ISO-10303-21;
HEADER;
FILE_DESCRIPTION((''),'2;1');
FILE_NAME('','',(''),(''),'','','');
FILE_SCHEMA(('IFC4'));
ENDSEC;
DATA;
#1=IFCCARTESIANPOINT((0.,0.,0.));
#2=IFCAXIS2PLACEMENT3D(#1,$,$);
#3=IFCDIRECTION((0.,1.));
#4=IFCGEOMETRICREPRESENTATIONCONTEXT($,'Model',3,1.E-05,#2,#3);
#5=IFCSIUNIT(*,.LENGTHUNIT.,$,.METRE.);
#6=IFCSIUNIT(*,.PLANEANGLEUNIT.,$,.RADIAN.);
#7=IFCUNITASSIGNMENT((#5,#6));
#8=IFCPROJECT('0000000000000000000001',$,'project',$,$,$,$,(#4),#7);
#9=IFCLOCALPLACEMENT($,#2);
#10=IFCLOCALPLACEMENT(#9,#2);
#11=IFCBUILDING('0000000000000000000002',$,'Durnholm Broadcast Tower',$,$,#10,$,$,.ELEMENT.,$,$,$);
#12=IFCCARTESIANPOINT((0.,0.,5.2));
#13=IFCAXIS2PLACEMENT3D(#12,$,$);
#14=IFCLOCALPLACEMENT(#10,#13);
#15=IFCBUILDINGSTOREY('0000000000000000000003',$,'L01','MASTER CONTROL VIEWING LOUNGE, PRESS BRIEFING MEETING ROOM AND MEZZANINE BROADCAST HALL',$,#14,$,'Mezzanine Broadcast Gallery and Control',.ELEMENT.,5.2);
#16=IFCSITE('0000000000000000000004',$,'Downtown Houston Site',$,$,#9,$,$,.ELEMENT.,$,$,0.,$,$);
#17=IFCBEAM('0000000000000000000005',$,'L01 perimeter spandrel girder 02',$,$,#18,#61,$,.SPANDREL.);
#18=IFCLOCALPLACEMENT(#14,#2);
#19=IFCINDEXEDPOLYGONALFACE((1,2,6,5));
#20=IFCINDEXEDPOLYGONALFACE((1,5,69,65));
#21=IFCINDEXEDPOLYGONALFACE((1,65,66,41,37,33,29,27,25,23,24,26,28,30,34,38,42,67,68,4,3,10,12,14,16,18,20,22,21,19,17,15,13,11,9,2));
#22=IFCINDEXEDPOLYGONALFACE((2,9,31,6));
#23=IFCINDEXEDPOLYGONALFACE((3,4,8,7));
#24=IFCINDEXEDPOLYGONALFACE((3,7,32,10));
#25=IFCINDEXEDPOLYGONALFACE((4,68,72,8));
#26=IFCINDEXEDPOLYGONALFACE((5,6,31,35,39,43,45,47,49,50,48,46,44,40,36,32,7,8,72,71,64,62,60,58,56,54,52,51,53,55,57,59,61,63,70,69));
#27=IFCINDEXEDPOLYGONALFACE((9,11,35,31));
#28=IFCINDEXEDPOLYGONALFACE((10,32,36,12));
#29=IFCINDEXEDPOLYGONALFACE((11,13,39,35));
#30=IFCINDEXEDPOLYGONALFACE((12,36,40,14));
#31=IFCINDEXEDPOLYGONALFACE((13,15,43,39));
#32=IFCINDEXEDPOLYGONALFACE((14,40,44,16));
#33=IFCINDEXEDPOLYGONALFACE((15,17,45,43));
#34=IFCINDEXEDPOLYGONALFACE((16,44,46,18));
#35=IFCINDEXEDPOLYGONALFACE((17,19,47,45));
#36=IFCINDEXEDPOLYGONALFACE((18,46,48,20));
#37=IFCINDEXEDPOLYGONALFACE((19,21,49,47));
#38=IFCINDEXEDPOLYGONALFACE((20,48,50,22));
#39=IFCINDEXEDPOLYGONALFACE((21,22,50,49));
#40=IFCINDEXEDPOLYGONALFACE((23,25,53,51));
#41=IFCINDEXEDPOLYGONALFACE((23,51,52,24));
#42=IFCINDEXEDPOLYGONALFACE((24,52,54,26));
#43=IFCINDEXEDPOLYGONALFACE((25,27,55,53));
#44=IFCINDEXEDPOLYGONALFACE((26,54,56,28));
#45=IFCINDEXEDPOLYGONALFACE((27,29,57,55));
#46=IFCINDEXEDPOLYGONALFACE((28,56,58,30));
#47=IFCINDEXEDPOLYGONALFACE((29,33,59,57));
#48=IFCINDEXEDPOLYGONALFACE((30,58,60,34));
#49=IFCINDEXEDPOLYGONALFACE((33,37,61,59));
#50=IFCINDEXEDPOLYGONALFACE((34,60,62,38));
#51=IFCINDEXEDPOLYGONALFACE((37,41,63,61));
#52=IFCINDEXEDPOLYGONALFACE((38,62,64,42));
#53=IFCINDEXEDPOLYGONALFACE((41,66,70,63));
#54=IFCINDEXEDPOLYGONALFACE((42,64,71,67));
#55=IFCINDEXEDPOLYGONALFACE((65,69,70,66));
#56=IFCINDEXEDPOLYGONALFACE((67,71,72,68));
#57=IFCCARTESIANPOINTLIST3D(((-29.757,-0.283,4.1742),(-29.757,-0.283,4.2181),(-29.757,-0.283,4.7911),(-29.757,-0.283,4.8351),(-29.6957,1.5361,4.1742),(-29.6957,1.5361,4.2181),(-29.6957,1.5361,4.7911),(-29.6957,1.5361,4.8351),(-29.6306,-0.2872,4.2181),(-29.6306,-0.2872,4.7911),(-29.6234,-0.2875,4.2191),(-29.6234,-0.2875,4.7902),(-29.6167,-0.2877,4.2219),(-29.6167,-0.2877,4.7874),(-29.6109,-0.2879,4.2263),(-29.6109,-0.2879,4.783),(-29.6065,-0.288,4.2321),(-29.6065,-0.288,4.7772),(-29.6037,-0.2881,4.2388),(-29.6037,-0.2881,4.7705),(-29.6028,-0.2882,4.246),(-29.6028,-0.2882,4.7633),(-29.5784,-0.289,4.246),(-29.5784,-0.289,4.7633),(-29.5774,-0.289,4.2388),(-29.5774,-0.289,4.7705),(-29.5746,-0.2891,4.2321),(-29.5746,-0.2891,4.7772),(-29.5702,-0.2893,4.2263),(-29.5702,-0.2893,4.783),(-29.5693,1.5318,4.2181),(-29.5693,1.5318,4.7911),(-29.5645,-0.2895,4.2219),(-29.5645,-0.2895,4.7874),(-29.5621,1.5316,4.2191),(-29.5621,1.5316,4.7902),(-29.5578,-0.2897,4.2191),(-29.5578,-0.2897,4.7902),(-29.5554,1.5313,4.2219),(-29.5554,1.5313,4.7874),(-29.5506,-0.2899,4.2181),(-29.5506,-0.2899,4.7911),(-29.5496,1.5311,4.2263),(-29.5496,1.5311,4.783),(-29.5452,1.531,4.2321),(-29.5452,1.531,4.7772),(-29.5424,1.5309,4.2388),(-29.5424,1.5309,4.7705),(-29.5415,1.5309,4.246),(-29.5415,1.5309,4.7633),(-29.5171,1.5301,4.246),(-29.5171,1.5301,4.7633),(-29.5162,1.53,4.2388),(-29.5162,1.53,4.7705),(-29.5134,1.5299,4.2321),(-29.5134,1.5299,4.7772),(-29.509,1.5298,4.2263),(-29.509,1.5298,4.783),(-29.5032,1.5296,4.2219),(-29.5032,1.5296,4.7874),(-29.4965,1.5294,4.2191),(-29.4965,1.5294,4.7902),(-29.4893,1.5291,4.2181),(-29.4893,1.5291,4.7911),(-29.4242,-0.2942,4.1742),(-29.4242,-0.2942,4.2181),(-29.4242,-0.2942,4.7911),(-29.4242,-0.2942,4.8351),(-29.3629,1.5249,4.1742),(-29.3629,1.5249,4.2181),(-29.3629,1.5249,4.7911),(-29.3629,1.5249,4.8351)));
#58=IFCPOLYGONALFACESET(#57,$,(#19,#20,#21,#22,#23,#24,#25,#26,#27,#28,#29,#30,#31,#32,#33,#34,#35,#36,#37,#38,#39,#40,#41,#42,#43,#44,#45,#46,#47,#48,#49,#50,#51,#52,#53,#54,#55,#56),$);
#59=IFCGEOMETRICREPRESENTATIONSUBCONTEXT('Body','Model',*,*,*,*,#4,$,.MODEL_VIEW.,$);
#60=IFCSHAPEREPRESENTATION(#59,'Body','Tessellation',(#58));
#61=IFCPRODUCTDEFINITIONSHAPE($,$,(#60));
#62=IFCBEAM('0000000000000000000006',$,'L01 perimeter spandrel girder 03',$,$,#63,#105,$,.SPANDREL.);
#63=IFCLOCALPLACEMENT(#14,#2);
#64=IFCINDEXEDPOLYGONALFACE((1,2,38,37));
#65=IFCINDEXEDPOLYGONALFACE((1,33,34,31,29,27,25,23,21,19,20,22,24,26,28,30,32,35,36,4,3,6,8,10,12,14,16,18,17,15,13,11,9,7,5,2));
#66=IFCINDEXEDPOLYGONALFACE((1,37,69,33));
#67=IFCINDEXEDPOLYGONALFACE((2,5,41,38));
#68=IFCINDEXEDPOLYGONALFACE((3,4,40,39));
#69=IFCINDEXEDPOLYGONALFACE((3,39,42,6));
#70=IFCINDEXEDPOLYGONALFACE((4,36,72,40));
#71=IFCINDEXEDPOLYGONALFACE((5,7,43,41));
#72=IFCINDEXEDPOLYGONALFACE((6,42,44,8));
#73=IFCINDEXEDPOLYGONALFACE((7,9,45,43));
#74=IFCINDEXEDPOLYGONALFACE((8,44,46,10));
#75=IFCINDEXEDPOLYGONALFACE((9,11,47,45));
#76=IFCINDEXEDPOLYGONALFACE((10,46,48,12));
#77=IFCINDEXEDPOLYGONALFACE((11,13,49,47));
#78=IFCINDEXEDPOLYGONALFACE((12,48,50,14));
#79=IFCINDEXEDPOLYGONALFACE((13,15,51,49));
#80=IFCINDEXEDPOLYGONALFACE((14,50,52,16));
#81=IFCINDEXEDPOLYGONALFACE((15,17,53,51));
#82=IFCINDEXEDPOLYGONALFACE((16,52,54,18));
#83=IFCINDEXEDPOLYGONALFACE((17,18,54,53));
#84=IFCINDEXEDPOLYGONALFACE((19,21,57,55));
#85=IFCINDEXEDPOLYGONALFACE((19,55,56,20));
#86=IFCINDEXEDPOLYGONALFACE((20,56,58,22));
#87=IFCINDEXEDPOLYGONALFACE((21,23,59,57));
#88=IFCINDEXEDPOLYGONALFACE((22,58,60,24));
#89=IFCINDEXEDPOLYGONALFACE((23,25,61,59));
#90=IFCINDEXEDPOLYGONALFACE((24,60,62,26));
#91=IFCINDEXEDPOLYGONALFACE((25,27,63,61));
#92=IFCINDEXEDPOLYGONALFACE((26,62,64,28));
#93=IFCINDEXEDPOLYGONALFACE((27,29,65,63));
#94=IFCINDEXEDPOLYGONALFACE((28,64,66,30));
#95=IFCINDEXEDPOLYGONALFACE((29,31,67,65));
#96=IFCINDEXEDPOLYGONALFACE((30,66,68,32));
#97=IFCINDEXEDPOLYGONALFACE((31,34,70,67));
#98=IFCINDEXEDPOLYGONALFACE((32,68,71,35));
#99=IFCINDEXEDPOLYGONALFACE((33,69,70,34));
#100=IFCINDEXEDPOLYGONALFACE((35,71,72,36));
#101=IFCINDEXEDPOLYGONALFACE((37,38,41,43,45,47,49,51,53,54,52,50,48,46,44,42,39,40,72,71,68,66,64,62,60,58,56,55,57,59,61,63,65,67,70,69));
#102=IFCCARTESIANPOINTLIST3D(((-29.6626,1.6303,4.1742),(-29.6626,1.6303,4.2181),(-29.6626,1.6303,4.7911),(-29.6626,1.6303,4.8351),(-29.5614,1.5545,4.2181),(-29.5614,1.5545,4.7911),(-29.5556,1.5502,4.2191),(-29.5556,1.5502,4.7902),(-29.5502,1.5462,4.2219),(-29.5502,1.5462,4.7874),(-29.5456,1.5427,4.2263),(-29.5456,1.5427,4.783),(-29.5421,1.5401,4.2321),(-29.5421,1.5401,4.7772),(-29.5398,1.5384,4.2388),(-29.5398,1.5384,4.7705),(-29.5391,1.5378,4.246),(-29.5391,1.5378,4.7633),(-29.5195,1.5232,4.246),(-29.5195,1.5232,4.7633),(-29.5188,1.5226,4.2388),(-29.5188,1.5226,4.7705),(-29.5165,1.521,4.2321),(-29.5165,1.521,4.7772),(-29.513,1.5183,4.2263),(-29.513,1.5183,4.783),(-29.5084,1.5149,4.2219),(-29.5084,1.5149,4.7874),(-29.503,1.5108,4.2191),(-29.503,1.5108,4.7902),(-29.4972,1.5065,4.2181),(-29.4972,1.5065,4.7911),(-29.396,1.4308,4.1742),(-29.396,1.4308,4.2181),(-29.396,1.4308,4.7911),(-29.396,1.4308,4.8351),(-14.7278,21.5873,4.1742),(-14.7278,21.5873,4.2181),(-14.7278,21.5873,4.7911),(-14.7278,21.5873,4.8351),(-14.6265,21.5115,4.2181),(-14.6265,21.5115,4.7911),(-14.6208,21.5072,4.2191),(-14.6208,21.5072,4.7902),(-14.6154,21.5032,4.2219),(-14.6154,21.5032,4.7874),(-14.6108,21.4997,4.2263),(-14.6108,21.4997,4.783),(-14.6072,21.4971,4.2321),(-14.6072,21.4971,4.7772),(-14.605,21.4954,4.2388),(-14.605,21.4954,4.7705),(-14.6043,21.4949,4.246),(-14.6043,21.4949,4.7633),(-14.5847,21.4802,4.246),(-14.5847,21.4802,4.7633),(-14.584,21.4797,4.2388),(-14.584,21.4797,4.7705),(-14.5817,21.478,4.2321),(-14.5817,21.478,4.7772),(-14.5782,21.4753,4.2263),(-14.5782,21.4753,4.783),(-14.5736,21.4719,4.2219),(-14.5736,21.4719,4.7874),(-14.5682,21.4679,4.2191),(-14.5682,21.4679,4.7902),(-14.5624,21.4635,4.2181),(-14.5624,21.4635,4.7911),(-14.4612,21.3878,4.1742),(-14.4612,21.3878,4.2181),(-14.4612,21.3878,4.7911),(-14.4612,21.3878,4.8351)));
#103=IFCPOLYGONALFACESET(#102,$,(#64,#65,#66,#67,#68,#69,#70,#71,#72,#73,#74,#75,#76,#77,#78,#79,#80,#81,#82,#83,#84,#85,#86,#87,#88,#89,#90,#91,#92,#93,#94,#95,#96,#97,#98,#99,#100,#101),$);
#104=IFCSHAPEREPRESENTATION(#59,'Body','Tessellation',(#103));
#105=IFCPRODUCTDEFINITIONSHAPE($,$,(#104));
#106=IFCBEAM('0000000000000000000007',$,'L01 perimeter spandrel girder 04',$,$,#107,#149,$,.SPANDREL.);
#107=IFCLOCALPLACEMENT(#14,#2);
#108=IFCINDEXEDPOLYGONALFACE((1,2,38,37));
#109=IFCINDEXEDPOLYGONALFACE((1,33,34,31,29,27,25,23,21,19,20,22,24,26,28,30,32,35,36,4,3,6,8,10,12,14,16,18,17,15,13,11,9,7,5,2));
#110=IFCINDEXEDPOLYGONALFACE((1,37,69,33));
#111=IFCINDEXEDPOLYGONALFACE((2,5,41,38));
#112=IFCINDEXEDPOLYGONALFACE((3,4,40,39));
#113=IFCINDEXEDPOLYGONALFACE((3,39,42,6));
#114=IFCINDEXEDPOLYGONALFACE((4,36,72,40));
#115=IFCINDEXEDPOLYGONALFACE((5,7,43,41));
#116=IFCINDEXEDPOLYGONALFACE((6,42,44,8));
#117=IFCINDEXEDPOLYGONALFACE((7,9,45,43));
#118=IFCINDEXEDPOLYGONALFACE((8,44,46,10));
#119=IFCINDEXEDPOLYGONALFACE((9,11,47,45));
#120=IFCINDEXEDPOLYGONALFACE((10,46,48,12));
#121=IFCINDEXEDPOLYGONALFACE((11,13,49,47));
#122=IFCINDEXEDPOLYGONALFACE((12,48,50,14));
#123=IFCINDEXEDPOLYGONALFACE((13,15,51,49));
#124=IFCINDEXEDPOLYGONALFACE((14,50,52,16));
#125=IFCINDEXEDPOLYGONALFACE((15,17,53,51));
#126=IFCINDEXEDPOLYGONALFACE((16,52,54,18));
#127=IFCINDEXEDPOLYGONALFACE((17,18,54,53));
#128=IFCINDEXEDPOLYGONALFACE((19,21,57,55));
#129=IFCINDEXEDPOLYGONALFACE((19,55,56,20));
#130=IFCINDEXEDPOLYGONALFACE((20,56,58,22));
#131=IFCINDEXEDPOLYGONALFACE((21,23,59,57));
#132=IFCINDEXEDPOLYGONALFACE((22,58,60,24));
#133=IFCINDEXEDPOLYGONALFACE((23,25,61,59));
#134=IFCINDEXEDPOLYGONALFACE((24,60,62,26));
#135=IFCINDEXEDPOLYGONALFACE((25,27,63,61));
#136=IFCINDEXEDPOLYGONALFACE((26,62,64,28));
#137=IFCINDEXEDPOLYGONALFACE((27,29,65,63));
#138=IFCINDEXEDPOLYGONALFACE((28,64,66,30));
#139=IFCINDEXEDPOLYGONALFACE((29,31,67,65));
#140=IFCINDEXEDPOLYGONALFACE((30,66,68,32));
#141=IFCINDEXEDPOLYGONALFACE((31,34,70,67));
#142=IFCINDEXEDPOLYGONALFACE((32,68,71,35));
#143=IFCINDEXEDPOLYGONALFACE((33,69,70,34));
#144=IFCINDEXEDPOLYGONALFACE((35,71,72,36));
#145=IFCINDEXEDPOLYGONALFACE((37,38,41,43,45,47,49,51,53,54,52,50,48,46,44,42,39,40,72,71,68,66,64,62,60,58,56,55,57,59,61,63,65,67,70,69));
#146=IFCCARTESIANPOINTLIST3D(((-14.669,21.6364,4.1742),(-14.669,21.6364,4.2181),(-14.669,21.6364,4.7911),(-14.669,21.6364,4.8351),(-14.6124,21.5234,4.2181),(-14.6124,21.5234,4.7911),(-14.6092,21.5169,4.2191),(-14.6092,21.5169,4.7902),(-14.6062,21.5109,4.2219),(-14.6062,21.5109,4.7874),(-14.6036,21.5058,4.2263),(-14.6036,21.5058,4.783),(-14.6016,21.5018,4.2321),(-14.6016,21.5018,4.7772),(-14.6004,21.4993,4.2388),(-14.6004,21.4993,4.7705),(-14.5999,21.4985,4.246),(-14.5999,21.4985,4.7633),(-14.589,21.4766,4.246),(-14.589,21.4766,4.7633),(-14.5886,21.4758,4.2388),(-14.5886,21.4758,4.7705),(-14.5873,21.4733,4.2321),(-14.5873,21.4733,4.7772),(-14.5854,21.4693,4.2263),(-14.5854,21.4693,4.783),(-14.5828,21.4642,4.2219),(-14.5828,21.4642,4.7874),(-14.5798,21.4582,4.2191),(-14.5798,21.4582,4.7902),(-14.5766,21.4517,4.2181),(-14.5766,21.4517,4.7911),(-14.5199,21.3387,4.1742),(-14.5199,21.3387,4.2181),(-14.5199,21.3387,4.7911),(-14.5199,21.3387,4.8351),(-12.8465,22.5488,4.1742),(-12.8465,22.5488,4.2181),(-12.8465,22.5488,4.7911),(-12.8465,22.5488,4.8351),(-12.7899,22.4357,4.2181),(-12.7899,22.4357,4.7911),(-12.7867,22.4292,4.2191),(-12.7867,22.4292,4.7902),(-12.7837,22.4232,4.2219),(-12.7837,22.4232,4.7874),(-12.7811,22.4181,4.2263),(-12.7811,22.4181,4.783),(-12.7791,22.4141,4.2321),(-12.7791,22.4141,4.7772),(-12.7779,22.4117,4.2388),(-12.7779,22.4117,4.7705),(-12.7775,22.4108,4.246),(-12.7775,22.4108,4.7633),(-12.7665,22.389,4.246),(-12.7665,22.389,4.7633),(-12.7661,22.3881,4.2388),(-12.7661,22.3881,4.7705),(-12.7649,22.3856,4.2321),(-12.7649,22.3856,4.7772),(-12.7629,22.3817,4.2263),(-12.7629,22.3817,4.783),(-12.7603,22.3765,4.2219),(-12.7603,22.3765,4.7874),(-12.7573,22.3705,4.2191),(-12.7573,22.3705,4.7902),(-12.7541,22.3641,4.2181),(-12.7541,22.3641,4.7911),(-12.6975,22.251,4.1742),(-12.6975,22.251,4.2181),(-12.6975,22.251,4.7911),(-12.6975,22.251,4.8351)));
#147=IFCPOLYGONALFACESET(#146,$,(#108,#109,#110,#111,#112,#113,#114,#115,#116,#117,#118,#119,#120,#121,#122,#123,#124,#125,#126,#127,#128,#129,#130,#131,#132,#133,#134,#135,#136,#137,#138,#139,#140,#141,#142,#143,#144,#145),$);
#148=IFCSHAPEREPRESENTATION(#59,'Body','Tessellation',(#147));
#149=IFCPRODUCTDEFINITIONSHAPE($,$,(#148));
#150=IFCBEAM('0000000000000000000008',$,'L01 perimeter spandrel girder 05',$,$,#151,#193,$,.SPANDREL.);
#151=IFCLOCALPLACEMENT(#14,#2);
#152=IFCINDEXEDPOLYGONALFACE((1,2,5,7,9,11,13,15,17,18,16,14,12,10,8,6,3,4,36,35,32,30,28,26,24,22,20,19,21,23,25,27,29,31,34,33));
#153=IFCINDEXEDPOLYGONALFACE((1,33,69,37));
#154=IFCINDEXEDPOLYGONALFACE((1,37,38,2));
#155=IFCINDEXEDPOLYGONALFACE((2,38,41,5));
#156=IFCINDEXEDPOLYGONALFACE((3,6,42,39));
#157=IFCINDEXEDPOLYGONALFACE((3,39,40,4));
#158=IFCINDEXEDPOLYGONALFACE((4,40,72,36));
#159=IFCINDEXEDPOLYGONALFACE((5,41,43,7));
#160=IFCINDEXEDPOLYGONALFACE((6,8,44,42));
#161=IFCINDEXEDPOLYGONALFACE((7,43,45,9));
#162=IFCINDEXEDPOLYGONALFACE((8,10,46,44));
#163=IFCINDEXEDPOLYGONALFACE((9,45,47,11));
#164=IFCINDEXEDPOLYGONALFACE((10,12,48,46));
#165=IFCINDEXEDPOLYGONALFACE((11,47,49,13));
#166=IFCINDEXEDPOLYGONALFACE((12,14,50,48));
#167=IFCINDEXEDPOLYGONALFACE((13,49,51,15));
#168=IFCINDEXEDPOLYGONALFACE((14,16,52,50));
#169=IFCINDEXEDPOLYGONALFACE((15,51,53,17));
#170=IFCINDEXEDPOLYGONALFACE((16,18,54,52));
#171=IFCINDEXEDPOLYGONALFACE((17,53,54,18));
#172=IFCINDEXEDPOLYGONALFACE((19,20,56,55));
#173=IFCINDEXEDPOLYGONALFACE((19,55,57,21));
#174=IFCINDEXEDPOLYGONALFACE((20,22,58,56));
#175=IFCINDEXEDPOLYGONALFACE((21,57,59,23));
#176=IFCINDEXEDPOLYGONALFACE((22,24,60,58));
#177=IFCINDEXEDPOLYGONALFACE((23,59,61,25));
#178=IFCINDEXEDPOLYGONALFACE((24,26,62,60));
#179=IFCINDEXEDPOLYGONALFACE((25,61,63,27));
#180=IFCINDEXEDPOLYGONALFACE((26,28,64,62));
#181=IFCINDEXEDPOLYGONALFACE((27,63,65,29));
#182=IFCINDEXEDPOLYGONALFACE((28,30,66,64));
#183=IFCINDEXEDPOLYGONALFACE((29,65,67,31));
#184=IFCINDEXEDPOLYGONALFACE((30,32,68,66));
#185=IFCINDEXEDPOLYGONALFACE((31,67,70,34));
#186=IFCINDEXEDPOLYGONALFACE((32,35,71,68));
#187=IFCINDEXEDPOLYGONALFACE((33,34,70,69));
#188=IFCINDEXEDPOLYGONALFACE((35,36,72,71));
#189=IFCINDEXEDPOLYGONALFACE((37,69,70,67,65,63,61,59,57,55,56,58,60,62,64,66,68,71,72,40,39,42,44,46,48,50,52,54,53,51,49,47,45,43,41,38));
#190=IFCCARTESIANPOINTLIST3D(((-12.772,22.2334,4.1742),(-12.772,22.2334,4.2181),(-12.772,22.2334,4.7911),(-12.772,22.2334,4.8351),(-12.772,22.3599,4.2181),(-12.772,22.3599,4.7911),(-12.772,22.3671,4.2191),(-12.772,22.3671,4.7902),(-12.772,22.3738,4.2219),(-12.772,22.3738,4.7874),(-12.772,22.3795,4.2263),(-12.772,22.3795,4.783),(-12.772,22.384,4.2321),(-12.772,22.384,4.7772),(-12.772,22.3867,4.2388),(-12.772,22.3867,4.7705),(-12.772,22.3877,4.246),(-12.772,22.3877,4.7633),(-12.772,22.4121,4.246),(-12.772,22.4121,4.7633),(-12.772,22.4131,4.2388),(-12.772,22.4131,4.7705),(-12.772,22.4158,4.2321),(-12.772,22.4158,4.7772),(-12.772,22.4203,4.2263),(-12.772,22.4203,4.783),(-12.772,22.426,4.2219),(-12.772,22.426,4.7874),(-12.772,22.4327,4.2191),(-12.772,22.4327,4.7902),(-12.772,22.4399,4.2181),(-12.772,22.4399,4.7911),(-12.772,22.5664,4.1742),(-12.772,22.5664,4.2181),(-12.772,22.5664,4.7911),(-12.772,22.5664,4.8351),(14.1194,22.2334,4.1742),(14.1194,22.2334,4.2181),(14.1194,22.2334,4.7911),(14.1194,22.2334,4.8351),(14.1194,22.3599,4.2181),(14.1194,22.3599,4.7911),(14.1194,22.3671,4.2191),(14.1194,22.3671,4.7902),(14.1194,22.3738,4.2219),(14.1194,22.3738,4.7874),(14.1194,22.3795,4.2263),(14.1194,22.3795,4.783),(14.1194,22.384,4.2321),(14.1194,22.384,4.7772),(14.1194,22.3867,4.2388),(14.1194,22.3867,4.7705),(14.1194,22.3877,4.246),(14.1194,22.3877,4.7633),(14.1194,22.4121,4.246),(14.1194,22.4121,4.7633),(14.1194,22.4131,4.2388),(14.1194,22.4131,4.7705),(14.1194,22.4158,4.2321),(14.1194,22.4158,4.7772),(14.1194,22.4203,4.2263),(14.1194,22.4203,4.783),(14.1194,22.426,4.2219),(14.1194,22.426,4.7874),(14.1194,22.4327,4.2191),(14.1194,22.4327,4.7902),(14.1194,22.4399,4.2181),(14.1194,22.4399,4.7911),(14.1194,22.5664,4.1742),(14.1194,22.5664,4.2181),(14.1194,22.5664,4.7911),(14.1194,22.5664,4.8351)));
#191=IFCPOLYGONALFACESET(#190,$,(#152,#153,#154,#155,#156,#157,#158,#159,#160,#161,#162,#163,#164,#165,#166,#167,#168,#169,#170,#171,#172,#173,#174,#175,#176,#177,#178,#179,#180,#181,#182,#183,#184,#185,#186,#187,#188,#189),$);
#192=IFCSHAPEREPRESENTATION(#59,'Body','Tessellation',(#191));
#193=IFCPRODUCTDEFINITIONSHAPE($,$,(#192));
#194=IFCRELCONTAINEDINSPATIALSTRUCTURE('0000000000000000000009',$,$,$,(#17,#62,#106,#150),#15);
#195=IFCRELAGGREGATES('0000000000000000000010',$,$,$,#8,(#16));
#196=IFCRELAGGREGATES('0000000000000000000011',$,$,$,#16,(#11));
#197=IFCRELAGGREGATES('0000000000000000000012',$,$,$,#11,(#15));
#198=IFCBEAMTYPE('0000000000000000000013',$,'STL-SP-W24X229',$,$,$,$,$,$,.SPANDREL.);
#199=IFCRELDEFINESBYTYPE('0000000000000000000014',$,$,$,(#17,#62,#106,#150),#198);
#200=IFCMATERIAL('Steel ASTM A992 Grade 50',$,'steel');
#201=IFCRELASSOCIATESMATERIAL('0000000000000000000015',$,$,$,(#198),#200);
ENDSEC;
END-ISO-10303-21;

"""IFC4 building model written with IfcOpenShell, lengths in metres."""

from ifc_helpers import new_model, si_unit, direction, frame, origin, origin_2d, place, context, subcontext, project, spatial, i_section, extrude, source, transform, mapped, material, material_profile, profile_set, type_object, type_shapes, element, save


model = new_model("IFC4")

# Units and contexts
model_context = context("Model", 3, precision=1e-05, world=origin(), true_north=direction((0.0, 1.0)))
body_context = subcontext(model_context, "Body", "Model", "MODEL_VIEW")
ifc_project = project(units=[si_unit("LENGTHUNIT", "METRE"), si_unit("PLANEANGLEUNIT", "RADIAN")], contexts=[model_context])

# Site, building, storey
site_placement = place(None, origin())
site = spatial("IfcSite", under=ifc_project, at=site_placement, Name="Downtown Houston Site", CompositionType="ELEMENT", RefElevation=0.0)
building_placement = place(site_placement, origin())
building = spatial("IfcBuilding", under=site, at=building_placement, Name="Durnholm Broadcast Tower", CompositionType="ELEMENT")
storey_placement = place(building_placement, frame((0.0, 0.0, 5.2)))
storey = spatial("IfcBuildingStorey", under=building, at=storey_placement, Name="L01", Description="MASTER CONTROL VIEWING LOUNGE, PRESS BRIEFING MEETING ROOM AND MEZZANINE BROADCAST HALL", LongName="Mezzanine Broadcast Gallery and Control", CompositionType="ELEMENT", Elevation=5.2)

# Shared definitions
ifc_material_1 = material(Name="Steel ASTM A992 Grade 50", Category="steel")

# Beams
ifc_material_profile_1 = material_profile(ifc_material_1, i_section(OverallWidth=0.333, OverallDepth=0.6609, WebThickness=0.0244, FlangeThickness=0.0439, FilletRadius=0.0278, at=origin_2d()), Name="W24X229")
ifc_profile_set_1 = profile_set([ifc_material_profile_1], Name="Steel ASTM A992 Grade 50")
beam_type = type_object("IfcBeamType", Name="STL-SP-W24X229", PredefinedType="SPANDREL", material=ifc_profile_set_1)
shared_shape_1 = source(origin(), body_context, "Body", "SweptSolid", [
    extrude(i_section(OverallWidth=0.333, OverallDepth=0.6609, WebThickness=0.0244, FlangeThickness=0.0439, FilletRadius=0.0278, at=origin_2d()), origin(), (0.0, 0.0, 1.0), 1.8201),
])
beam_1_placement = place(storey_placement, frame((-29.5906, -0.2886, 4.5046), z_axis=(0.033668, 0.999433, 0.0), x_axis=(-0.999433, 0.033668, 0.0)))
element("IfcBeam", 1, at=beam_1_placement, inside=storey, type_object=beam_type, Name="L01 perimeter spandrel girder 02", PredefinedType="SPANDREL", context=body_context, shape_type="MappedRepresentation", body=[
    mapped(shared_shape_1, transform((0.0, 0.0, 0.0), x_axis=(1.0, 0.0, 0.0), y_axis=(0.0, 1.0, 0.0), z_axis=(0.0, 0.0, 1.0), scale=1.0)),
])
shared_shape_2 = source(origin(), body_context, "Body", "SweptSolid", [
    extrude(i_section(OverallWidth=0.333, OverallDepth=0.6609, WebThickness=0.0244, FlangeThickness=0.0439, FilletRadius=0.0278, at=origin_2d()), origin(), (0.0, 0.0, 1.0), 24.9265),
])
beam_2_placement = place(storey_placement, frame((-29.5293, 1.5305, 4.5046), z_axis=(0.599153, 0.800634, 0.0), x_axis=(-0.800634, 0.599153, 0.0)))
element("IfcBeam", 2, at=beam_2_placement, inside=storey, type_object=beam_type, Name="L01 perimeter spandrel girder 03", PredefinedType="SPANDREL", context=body_context, shape_type="MappedRepresentation", body=[
    mapped(shared_shape_2, transform((0.0, 0.0, 0.0), x_axis=(1.0, 0.0, 0.0), y_axis=(0.0, 1.0, 0.0), z_axis=(0.0, 0.0, 1.0), scale=1.0)),
])
shared_shape_3 = source(origin(), body_context, "Body", "SweptSolid", [
    extrude(i_section(OverallWidth=0.333, OverallDepth=0.6609, WebThickness=0.0244, FlangeThickness=0.0439, FilletRadius=0.0278, at=origin_2d()), origin(), (0.0, 0.0, 1.0), 2.0381),
])
beam_3_placement = place(storey_placement, frame((-14.5945, 21.4875, 4.5046), z_axis=(0.894211, 0.447645, 0.0), x_axis=(-0.447645, 0.894211, 0.0)))
element("IfcBeam", 3, at=beam_3_placement, inside=storey, type_object=beam_type, Name="L01 perimeter spandrel girder 04", PredefinedType="SPANDREL", context=body_context, shape_type="MappedRepresentation", body=[
    mapped(shared_shape_3, transform((0.0, 0.0, 0.0), x_axis=(1.0, 0.0, 0.0), y_axis=(0.0, 1.0, 0.0), z_axis=(0.0, 0.0, 1.0), scale=1.0)),
])
shared_shape_4 = source(origin(), body_context, "Body", "SweptSolid", [
    extrude(i_section(OverallWidth=0.333, OverallDepth=0.6609, WebThickness=0.0244, FlangeThickness=0.0439, FilletRadius=0.0278, at=origin_2d()), origin(), (0.0, 0.0, 1.0), 26.8914),
])
type_shapes(beam_type, [shared_shape_1, shared_shape_2, shared_shape_3, shared_shape_4])
beam_4_placement = place(storey_placement, frame((-12.772, 22.3999, 4.5046), z_axis=(1.0, 0.0, 0.0), x_axis=(0.0, 1.0, 0.0)))
element("IfcBeam", 4, at=beam_4_placement, inside=storey, type_object=beam_type, Name="L01 perimeter spandrel girder 05", PredefinedType="SPANDREL", context=body_context, shape_type="MappedRepresentation", body=[
    mapped(shared_shape_4, transform((0.0, 0.0, 0.0), x_axis=(1.0, 0.0, 0.0), y_axis=(0.0, 1.0, 0.0), z_axis=(0.0, 0.0, 1.0), scale=1.0)),
])

save(model, "model.ifc")
